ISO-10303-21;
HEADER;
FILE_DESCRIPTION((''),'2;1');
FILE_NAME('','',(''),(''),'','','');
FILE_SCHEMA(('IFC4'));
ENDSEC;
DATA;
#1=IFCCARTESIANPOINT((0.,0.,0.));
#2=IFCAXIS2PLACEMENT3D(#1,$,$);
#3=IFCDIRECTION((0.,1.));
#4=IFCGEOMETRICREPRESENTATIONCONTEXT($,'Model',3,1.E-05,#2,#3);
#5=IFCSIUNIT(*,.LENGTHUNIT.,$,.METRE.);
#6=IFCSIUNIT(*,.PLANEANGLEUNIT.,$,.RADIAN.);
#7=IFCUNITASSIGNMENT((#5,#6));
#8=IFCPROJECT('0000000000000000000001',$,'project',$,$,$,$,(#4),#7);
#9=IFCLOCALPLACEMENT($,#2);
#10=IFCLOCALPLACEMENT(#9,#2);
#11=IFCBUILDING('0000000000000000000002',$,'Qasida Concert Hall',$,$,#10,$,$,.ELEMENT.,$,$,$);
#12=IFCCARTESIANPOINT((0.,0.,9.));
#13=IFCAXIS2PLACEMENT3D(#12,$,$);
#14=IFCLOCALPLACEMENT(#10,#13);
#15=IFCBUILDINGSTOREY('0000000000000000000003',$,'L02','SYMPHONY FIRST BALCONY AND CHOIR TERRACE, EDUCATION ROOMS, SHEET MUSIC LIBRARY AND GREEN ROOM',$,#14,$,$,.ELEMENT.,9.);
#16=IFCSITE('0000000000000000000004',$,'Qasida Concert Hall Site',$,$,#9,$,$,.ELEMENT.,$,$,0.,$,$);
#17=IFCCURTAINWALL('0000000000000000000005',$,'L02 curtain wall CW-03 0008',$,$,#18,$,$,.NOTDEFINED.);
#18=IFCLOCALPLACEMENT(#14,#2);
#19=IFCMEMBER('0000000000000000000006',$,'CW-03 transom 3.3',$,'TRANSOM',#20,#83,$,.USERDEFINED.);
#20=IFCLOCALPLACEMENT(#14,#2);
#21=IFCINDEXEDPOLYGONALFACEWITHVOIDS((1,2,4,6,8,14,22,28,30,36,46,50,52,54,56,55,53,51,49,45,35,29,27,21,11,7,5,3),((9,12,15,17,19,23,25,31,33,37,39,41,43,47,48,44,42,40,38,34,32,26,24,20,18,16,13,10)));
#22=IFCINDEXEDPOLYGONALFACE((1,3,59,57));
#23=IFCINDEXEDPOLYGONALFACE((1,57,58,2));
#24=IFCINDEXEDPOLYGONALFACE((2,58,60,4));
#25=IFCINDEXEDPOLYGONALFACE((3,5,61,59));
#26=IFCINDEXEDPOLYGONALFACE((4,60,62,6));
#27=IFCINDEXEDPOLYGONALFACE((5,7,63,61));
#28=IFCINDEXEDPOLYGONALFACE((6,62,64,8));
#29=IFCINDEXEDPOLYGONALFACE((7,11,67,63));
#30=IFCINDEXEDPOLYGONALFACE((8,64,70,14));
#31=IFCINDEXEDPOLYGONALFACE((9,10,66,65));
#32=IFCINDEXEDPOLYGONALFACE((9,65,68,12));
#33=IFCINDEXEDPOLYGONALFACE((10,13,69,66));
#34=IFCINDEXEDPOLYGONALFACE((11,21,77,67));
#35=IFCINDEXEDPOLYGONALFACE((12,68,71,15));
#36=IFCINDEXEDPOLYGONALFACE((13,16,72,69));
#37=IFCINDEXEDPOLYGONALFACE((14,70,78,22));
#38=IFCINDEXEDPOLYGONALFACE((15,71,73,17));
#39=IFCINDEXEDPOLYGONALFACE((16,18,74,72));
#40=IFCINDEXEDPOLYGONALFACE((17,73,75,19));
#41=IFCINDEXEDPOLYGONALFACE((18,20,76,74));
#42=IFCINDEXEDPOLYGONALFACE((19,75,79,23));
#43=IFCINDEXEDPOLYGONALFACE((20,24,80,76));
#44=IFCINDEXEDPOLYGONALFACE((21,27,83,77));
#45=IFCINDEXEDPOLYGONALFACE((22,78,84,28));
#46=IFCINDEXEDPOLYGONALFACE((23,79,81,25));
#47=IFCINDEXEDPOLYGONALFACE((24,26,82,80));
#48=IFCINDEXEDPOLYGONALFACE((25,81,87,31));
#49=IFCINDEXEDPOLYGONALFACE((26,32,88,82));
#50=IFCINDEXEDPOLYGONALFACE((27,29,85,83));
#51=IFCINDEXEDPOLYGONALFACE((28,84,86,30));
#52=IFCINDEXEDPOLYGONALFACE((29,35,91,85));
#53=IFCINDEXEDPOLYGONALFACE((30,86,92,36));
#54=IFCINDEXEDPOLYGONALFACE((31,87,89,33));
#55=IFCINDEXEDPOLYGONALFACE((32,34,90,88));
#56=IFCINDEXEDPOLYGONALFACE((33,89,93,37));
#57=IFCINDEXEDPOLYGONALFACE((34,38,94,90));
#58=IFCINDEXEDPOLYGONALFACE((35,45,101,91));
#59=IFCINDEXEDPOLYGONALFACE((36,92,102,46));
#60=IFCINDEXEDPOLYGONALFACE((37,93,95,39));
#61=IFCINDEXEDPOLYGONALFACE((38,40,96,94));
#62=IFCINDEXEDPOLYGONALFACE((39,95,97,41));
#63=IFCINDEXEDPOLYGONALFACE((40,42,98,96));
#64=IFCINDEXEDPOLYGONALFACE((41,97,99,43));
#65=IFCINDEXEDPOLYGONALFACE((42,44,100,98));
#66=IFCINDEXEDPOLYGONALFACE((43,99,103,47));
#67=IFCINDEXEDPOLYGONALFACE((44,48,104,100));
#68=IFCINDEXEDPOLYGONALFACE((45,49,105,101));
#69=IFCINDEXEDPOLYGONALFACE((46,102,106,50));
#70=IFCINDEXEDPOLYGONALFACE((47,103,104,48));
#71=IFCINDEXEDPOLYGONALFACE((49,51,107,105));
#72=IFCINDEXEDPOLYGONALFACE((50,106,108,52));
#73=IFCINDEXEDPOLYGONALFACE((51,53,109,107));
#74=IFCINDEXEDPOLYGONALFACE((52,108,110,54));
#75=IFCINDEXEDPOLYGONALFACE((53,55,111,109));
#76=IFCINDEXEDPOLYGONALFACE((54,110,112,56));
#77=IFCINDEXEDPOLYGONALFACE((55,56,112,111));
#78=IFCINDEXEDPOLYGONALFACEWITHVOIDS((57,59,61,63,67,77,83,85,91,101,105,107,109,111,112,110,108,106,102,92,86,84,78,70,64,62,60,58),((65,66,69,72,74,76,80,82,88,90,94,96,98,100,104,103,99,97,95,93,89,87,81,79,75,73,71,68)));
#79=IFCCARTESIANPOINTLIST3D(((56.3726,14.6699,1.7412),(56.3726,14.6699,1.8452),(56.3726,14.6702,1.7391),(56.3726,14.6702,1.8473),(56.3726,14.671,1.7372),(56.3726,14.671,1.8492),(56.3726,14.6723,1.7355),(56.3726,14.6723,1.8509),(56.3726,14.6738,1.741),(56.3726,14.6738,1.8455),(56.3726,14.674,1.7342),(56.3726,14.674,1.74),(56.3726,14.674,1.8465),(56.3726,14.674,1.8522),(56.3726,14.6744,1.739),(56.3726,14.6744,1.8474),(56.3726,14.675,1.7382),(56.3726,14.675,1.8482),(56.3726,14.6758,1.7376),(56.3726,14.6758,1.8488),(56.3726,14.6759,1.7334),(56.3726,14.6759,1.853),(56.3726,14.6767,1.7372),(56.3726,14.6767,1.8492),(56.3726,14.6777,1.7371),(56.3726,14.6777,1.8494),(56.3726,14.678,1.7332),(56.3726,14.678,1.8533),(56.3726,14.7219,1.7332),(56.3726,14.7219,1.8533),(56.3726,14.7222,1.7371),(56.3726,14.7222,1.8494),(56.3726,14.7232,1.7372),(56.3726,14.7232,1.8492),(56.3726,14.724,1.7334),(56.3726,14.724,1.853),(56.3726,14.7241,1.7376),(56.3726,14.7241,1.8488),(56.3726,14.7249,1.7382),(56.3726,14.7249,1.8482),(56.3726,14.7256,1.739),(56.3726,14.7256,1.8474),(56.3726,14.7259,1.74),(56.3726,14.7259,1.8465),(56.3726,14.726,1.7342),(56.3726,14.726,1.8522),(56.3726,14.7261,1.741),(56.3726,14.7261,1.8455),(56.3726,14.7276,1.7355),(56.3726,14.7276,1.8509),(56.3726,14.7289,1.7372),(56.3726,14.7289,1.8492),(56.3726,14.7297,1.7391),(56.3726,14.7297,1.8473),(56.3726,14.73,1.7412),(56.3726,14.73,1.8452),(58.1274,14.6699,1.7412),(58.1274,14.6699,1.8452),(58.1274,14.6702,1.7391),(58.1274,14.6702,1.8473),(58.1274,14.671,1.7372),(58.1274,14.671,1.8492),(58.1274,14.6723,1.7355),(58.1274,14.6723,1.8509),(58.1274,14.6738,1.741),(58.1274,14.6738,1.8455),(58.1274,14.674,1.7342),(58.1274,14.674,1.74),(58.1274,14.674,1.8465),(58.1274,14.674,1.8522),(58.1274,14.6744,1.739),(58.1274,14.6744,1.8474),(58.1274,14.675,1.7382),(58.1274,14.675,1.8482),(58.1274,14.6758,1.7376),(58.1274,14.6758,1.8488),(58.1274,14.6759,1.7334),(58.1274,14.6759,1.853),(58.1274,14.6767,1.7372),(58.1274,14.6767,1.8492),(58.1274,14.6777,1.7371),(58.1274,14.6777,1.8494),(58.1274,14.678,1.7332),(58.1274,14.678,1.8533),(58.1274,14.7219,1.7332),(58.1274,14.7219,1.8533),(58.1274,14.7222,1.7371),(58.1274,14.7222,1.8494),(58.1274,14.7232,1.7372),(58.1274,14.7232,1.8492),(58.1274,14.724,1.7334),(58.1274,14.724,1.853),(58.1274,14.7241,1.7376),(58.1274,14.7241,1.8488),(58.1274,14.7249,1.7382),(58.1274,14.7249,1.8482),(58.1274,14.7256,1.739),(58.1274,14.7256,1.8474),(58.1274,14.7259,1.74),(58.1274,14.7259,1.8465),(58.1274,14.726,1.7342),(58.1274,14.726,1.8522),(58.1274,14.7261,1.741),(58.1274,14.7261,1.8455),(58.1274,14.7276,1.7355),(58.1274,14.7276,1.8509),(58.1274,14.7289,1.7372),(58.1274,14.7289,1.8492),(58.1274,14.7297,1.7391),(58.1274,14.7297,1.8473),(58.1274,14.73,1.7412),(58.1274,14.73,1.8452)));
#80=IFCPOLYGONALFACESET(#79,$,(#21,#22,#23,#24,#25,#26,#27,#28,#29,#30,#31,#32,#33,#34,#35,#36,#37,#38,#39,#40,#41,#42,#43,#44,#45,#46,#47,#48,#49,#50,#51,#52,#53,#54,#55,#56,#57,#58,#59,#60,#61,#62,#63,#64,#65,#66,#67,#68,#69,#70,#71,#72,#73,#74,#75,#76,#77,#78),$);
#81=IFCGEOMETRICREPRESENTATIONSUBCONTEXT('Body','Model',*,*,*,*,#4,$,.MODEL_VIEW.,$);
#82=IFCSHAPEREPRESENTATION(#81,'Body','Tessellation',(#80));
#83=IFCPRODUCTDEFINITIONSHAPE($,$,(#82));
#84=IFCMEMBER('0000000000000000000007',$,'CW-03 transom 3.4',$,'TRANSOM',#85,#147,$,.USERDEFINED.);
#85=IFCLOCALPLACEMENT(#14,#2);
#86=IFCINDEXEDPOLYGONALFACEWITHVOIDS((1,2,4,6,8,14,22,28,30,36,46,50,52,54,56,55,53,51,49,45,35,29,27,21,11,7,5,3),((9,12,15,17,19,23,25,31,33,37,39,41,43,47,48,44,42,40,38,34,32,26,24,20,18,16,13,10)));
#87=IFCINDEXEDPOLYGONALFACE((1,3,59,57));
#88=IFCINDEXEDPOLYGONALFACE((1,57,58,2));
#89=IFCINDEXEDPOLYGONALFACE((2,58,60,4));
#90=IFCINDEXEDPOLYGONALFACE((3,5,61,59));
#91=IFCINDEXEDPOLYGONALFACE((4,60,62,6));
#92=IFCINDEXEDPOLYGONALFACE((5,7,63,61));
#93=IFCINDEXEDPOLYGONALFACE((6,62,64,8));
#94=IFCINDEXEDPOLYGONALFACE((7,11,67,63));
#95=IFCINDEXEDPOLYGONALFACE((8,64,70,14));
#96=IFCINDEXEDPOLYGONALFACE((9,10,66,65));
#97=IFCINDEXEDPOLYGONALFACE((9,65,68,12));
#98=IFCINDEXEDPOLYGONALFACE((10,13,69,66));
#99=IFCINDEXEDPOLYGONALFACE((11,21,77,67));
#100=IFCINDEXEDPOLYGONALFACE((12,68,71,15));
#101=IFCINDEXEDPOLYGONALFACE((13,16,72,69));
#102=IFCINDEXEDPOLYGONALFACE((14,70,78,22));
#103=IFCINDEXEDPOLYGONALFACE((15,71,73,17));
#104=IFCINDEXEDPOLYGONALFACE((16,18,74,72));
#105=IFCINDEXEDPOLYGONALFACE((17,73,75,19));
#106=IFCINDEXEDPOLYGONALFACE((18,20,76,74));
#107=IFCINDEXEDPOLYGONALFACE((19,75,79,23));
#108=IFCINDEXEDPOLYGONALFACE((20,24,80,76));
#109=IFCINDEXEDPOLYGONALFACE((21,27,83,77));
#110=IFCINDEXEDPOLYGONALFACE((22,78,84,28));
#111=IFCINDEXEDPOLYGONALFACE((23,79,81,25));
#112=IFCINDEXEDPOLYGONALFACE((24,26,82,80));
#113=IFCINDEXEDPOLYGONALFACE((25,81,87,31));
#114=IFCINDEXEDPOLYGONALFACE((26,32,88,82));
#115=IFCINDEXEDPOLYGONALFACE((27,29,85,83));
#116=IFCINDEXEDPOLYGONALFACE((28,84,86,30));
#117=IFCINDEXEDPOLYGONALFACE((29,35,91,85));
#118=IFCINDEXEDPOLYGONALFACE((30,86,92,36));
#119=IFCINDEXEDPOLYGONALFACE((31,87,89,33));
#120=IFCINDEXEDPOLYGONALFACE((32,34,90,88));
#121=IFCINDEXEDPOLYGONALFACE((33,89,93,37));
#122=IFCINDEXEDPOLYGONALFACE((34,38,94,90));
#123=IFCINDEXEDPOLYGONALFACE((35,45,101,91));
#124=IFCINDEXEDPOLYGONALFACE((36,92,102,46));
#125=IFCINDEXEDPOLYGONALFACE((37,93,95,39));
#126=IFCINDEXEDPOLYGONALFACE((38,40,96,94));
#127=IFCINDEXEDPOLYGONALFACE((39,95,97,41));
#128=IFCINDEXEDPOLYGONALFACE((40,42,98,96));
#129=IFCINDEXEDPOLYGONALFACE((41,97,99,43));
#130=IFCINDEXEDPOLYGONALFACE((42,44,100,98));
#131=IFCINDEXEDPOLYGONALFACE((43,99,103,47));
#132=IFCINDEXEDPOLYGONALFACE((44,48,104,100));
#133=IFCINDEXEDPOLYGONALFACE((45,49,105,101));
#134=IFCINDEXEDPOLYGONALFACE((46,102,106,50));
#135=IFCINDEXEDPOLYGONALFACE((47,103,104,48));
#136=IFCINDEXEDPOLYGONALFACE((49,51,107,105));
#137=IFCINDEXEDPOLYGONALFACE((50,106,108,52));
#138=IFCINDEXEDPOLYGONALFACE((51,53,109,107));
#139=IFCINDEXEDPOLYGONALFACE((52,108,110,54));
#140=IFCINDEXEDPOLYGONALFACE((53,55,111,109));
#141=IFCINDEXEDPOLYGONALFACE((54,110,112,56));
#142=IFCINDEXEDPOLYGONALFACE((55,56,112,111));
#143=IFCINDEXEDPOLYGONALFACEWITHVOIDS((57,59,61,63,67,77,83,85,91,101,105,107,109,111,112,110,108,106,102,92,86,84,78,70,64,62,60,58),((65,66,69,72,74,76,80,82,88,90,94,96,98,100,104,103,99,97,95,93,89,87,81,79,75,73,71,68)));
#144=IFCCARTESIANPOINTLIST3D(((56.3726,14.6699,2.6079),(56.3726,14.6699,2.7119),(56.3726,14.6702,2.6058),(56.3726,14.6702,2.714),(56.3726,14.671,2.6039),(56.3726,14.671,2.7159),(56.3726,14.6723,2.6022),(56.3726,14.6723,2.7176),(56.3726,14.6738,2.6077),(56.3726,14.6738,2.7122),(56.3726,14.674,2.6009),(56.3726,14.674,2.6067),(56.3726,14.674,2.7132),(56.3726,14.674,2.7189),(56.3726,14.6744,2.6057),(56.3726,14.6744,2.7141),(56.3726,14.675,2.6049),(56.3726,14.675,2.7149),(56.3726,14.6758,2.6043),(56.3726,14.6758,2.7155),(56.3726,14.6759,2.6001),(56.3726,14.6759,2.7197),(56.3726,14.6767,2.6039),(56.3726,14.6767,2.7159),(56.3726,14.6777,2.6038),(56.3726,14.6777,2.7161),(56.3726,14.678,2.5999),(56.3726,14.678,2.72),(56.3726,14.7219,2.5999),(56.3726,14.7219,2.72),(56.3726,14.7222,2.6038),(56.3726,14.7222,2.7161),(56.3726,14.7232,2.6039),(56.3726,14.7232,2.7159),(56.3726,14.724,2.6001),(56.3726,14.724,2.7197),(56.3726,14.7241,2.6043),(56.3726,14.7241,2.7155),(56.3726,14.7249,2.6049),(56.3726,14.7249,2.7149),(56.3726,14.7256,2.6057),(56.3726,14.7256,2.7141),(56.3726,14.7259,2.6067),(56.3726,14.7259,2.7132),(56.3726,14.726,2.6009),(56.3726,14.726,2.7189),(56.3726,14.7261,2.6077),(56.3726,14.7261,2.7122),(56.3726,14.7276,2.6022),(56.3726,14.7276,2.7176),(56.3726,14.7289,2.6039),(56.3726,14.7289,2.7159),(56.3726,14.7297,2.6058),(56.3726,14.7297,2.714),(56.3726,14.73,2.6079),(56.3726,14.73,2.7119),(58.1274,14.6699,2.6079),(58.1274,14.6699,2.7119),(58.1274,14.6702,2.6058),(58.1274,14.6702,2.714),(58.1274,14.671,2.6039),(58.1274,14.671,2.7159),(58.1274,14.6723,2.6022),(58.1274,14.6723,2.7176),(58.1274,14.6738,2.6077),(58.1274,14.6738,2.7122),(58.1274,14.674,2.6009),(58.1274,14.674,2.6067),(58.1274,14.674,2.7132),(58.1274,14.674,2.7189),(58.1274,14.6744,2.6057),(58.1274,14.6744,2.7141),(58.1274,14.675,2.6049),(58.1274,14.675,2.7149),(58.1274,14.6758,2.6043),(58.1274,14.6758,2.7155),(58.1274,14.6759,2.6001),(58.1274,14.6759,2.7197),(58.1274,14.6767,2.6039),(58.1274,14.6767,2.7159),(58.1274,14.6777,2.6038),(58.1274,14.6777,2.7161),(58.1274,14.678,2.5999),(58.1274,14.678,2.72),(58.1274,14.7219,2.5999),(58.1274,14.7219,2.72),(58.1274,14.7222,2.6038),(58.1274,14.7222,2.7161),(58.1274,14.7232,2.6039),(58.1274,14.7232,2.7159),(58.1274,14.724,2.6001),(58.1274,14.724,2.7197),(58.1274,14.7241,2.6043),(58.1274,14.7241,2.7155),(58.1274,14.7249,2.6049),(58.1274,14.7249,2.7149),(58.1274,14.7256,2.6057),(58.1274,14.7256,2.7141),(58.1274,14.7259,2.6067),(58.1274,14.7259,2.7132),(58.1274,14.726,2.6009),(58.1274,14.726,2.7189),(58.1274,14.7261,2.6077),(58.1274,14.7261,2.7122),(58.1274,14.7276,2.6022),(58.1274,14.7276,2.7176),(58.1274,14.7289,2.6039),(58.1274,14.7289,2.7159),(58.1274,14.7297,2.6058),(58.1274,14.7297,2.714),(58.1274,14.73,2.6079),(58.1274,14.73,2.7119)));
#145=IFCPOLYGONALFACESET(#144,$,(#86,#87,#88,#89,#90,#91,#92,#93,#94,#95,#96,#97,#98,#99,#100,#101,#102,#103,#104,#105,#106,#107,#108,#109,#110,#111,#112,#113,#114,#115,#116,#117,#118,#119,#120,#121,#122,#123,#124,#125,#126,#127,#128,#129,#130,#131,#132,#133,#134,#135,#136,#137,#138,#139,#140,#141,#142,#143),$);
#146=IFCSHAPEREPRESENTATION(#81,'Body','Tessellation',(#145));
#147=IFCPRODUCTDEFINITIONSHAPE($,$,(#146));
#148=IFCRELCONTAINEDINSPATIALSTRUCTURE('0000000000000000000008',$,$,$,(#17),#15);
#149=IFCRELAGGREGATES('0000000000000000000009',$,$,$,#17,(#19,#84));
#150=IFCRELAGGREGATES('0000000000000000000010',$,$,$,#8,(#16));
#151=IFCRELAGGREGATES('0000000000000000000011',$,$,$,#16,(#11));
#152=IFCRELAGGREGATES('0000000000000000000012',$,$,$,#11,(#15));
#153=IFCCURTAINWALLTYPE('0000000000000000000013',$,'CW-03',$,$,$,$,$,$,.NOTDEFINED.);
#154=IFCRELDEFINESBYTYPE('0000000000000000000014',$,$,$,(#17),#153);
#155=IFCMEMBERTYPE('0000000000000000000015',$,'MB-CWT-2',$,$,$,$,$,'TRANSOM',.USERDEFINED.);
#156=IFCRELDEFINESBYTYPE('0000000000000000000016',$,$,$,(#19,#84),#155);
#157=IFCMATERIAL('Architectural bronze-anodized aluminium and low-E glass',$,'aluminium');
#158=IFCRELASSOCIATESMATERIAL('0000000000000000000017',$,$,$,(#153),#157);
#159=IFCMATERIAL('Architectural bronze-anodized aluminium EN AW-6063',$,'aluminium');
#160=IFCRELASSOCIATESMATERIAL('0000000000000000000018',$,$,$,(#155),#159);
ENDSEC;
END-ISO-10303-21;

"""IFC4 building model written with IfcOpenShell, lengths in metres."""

from ifc_helpers import new_model, si_unit, direction, frame, origin, origin_2d, place, context, subcontext, project, spatial, hollow_rectangle, extrude, material, material_profile, profile_set, type_object, element, aggregate, save


model = new_model("IFC4")

# Units and contexts
model_context = context("Model", 3, precision=1e-05, world=origin(), true_north=direction((0.0, 1.0)))
body_context = subcontext(model_context, "Body", "Model", "MODEL_VIEW")
ifc_project = project(units=[si_unit("LENGTHUNIT", "METRE"), si_unit("PLANEANGLEUNIT", "RADIAN")], contexts=[model_context])

# Site, building, storey
site_placement = place(None, origin())
site = spatial("IfcSite", under=ifc_project, at=site_placement, Name="Qasida Concert Hall Site", CompositionType="ELEMENT", RefElevation=0.0)
building_placement = place(site_placement, origin())
building = spatial("IfcBuilding", under=site, at=building_placement, Name="Qasida Concert Hall", CompositionType="ELEMENT")
storey_placement = place(building_placement, frame((0.0, 0.0, 9.0)))
storey = spatial("IfcBuildingStorey", under=building, at=storey_placement, Name="L02", Description="SYMPHONY FIRST BALCONY AND CHOIR TERRACE, EDUCATION ROOMS, SHEET MUSIC LIBRARY AND GREEN ROOM", CompositionType="ELEMENT", Elevation=9.0)

# Curtain wall, members
ifc_material_1 = material(Name="Architectural bronze-anodized aluminium and low-E glass", Category="aluminium")
curtain_wall_type = type_object("IfcCurtainWallType", Name="CW-03", PredefinedType="NOTDEFINED", material=ifc_material_1)
curtain_wall_placement = place(storey_placement, origin())
curtain_wall = element("IfcCurtainWall", 1, at=curtain_wall_placement, inside=storey, type_object=curtain_wall_type, Name="L02 curtain wall CW-03 0008", PredefinedType="NOTDEFINED")
ifc_material_2 = material(Name="Architectural bronze-anodized aluminium EN AW-6063", Category="aluminium")
ifc_material_profile_1 = material_profile(ifc_material_2, hollow_rectangle(XDim=0.0601, YDim=0.1201, WallThickness=0.0039, InnerFilletRadius=0.0039, OuterFilletRadius=0.0081, at=origin_2d()), Name="CWT 120x60x4")
ifc_profile_set_1 = profile_set([ifc_material_profile_1], Name="Architectural bronze-anodized aluminium EN AW-6063")
member_type_1 = type_object("IfcMemberType", Name="MB-CWT-2", ElementType="TRANSOM", PredefinedType="USERDEFINED", material=ifc_profile_set_1)
member_1_placement = place(storey_placement, frame((56.3726, 14.7, 1.7932), z_axis=(1.0, 0.0, 0.0), x_axis=(0.0, 1.0, 0.0)))
member_1 = element("IfcMember", 2, at=member_1_placement, type_object=member_type_1, Name="CW-03 transom 3.3", ObjectType="TRANSOM", PredefinedType="USERDEFINED", context=body_context, shape_type="SweptSolid", body=[
    extrude(hollow_rectangle(XDim=0.0601, YDim=0.1201, WallThickness=0.0039, InnerFilletRadius=0.0039, OuterFilletRadius=0.0081, at=origin_2d()), origin(), (0.0, 0.0, 1.0), 1.7549),
])
member_2_placement = place(storey_placement, frame((56.3726, 14.7, 2.6599), z_axis=(1.0, 0.0, 0.0), x_axis=(0.0, 1.0, 0.0)))
member_2 = element("IfcMember", 3, at=member_2_placement, type_object=member_type_1, Name="CW-03 transom 3.4", ObjectType="TRANSOM", PredefinedType="USERDEFINED", context=body_context, shape_type="SweptSolid", body=[
    extrude(hollow_rectangle(XDim=0.0601, YDim=0.1201, WallThickness=0.0039, InnerFilletRadius=0.0039, OuterFilletRadius=0.0081, at=origin_2d()), origin(), (0.0, 0.0, 1.0), 1.7549),
])
aggregate(curtain_wall, [member_1, member_2])

save(model, "model.ifc")
